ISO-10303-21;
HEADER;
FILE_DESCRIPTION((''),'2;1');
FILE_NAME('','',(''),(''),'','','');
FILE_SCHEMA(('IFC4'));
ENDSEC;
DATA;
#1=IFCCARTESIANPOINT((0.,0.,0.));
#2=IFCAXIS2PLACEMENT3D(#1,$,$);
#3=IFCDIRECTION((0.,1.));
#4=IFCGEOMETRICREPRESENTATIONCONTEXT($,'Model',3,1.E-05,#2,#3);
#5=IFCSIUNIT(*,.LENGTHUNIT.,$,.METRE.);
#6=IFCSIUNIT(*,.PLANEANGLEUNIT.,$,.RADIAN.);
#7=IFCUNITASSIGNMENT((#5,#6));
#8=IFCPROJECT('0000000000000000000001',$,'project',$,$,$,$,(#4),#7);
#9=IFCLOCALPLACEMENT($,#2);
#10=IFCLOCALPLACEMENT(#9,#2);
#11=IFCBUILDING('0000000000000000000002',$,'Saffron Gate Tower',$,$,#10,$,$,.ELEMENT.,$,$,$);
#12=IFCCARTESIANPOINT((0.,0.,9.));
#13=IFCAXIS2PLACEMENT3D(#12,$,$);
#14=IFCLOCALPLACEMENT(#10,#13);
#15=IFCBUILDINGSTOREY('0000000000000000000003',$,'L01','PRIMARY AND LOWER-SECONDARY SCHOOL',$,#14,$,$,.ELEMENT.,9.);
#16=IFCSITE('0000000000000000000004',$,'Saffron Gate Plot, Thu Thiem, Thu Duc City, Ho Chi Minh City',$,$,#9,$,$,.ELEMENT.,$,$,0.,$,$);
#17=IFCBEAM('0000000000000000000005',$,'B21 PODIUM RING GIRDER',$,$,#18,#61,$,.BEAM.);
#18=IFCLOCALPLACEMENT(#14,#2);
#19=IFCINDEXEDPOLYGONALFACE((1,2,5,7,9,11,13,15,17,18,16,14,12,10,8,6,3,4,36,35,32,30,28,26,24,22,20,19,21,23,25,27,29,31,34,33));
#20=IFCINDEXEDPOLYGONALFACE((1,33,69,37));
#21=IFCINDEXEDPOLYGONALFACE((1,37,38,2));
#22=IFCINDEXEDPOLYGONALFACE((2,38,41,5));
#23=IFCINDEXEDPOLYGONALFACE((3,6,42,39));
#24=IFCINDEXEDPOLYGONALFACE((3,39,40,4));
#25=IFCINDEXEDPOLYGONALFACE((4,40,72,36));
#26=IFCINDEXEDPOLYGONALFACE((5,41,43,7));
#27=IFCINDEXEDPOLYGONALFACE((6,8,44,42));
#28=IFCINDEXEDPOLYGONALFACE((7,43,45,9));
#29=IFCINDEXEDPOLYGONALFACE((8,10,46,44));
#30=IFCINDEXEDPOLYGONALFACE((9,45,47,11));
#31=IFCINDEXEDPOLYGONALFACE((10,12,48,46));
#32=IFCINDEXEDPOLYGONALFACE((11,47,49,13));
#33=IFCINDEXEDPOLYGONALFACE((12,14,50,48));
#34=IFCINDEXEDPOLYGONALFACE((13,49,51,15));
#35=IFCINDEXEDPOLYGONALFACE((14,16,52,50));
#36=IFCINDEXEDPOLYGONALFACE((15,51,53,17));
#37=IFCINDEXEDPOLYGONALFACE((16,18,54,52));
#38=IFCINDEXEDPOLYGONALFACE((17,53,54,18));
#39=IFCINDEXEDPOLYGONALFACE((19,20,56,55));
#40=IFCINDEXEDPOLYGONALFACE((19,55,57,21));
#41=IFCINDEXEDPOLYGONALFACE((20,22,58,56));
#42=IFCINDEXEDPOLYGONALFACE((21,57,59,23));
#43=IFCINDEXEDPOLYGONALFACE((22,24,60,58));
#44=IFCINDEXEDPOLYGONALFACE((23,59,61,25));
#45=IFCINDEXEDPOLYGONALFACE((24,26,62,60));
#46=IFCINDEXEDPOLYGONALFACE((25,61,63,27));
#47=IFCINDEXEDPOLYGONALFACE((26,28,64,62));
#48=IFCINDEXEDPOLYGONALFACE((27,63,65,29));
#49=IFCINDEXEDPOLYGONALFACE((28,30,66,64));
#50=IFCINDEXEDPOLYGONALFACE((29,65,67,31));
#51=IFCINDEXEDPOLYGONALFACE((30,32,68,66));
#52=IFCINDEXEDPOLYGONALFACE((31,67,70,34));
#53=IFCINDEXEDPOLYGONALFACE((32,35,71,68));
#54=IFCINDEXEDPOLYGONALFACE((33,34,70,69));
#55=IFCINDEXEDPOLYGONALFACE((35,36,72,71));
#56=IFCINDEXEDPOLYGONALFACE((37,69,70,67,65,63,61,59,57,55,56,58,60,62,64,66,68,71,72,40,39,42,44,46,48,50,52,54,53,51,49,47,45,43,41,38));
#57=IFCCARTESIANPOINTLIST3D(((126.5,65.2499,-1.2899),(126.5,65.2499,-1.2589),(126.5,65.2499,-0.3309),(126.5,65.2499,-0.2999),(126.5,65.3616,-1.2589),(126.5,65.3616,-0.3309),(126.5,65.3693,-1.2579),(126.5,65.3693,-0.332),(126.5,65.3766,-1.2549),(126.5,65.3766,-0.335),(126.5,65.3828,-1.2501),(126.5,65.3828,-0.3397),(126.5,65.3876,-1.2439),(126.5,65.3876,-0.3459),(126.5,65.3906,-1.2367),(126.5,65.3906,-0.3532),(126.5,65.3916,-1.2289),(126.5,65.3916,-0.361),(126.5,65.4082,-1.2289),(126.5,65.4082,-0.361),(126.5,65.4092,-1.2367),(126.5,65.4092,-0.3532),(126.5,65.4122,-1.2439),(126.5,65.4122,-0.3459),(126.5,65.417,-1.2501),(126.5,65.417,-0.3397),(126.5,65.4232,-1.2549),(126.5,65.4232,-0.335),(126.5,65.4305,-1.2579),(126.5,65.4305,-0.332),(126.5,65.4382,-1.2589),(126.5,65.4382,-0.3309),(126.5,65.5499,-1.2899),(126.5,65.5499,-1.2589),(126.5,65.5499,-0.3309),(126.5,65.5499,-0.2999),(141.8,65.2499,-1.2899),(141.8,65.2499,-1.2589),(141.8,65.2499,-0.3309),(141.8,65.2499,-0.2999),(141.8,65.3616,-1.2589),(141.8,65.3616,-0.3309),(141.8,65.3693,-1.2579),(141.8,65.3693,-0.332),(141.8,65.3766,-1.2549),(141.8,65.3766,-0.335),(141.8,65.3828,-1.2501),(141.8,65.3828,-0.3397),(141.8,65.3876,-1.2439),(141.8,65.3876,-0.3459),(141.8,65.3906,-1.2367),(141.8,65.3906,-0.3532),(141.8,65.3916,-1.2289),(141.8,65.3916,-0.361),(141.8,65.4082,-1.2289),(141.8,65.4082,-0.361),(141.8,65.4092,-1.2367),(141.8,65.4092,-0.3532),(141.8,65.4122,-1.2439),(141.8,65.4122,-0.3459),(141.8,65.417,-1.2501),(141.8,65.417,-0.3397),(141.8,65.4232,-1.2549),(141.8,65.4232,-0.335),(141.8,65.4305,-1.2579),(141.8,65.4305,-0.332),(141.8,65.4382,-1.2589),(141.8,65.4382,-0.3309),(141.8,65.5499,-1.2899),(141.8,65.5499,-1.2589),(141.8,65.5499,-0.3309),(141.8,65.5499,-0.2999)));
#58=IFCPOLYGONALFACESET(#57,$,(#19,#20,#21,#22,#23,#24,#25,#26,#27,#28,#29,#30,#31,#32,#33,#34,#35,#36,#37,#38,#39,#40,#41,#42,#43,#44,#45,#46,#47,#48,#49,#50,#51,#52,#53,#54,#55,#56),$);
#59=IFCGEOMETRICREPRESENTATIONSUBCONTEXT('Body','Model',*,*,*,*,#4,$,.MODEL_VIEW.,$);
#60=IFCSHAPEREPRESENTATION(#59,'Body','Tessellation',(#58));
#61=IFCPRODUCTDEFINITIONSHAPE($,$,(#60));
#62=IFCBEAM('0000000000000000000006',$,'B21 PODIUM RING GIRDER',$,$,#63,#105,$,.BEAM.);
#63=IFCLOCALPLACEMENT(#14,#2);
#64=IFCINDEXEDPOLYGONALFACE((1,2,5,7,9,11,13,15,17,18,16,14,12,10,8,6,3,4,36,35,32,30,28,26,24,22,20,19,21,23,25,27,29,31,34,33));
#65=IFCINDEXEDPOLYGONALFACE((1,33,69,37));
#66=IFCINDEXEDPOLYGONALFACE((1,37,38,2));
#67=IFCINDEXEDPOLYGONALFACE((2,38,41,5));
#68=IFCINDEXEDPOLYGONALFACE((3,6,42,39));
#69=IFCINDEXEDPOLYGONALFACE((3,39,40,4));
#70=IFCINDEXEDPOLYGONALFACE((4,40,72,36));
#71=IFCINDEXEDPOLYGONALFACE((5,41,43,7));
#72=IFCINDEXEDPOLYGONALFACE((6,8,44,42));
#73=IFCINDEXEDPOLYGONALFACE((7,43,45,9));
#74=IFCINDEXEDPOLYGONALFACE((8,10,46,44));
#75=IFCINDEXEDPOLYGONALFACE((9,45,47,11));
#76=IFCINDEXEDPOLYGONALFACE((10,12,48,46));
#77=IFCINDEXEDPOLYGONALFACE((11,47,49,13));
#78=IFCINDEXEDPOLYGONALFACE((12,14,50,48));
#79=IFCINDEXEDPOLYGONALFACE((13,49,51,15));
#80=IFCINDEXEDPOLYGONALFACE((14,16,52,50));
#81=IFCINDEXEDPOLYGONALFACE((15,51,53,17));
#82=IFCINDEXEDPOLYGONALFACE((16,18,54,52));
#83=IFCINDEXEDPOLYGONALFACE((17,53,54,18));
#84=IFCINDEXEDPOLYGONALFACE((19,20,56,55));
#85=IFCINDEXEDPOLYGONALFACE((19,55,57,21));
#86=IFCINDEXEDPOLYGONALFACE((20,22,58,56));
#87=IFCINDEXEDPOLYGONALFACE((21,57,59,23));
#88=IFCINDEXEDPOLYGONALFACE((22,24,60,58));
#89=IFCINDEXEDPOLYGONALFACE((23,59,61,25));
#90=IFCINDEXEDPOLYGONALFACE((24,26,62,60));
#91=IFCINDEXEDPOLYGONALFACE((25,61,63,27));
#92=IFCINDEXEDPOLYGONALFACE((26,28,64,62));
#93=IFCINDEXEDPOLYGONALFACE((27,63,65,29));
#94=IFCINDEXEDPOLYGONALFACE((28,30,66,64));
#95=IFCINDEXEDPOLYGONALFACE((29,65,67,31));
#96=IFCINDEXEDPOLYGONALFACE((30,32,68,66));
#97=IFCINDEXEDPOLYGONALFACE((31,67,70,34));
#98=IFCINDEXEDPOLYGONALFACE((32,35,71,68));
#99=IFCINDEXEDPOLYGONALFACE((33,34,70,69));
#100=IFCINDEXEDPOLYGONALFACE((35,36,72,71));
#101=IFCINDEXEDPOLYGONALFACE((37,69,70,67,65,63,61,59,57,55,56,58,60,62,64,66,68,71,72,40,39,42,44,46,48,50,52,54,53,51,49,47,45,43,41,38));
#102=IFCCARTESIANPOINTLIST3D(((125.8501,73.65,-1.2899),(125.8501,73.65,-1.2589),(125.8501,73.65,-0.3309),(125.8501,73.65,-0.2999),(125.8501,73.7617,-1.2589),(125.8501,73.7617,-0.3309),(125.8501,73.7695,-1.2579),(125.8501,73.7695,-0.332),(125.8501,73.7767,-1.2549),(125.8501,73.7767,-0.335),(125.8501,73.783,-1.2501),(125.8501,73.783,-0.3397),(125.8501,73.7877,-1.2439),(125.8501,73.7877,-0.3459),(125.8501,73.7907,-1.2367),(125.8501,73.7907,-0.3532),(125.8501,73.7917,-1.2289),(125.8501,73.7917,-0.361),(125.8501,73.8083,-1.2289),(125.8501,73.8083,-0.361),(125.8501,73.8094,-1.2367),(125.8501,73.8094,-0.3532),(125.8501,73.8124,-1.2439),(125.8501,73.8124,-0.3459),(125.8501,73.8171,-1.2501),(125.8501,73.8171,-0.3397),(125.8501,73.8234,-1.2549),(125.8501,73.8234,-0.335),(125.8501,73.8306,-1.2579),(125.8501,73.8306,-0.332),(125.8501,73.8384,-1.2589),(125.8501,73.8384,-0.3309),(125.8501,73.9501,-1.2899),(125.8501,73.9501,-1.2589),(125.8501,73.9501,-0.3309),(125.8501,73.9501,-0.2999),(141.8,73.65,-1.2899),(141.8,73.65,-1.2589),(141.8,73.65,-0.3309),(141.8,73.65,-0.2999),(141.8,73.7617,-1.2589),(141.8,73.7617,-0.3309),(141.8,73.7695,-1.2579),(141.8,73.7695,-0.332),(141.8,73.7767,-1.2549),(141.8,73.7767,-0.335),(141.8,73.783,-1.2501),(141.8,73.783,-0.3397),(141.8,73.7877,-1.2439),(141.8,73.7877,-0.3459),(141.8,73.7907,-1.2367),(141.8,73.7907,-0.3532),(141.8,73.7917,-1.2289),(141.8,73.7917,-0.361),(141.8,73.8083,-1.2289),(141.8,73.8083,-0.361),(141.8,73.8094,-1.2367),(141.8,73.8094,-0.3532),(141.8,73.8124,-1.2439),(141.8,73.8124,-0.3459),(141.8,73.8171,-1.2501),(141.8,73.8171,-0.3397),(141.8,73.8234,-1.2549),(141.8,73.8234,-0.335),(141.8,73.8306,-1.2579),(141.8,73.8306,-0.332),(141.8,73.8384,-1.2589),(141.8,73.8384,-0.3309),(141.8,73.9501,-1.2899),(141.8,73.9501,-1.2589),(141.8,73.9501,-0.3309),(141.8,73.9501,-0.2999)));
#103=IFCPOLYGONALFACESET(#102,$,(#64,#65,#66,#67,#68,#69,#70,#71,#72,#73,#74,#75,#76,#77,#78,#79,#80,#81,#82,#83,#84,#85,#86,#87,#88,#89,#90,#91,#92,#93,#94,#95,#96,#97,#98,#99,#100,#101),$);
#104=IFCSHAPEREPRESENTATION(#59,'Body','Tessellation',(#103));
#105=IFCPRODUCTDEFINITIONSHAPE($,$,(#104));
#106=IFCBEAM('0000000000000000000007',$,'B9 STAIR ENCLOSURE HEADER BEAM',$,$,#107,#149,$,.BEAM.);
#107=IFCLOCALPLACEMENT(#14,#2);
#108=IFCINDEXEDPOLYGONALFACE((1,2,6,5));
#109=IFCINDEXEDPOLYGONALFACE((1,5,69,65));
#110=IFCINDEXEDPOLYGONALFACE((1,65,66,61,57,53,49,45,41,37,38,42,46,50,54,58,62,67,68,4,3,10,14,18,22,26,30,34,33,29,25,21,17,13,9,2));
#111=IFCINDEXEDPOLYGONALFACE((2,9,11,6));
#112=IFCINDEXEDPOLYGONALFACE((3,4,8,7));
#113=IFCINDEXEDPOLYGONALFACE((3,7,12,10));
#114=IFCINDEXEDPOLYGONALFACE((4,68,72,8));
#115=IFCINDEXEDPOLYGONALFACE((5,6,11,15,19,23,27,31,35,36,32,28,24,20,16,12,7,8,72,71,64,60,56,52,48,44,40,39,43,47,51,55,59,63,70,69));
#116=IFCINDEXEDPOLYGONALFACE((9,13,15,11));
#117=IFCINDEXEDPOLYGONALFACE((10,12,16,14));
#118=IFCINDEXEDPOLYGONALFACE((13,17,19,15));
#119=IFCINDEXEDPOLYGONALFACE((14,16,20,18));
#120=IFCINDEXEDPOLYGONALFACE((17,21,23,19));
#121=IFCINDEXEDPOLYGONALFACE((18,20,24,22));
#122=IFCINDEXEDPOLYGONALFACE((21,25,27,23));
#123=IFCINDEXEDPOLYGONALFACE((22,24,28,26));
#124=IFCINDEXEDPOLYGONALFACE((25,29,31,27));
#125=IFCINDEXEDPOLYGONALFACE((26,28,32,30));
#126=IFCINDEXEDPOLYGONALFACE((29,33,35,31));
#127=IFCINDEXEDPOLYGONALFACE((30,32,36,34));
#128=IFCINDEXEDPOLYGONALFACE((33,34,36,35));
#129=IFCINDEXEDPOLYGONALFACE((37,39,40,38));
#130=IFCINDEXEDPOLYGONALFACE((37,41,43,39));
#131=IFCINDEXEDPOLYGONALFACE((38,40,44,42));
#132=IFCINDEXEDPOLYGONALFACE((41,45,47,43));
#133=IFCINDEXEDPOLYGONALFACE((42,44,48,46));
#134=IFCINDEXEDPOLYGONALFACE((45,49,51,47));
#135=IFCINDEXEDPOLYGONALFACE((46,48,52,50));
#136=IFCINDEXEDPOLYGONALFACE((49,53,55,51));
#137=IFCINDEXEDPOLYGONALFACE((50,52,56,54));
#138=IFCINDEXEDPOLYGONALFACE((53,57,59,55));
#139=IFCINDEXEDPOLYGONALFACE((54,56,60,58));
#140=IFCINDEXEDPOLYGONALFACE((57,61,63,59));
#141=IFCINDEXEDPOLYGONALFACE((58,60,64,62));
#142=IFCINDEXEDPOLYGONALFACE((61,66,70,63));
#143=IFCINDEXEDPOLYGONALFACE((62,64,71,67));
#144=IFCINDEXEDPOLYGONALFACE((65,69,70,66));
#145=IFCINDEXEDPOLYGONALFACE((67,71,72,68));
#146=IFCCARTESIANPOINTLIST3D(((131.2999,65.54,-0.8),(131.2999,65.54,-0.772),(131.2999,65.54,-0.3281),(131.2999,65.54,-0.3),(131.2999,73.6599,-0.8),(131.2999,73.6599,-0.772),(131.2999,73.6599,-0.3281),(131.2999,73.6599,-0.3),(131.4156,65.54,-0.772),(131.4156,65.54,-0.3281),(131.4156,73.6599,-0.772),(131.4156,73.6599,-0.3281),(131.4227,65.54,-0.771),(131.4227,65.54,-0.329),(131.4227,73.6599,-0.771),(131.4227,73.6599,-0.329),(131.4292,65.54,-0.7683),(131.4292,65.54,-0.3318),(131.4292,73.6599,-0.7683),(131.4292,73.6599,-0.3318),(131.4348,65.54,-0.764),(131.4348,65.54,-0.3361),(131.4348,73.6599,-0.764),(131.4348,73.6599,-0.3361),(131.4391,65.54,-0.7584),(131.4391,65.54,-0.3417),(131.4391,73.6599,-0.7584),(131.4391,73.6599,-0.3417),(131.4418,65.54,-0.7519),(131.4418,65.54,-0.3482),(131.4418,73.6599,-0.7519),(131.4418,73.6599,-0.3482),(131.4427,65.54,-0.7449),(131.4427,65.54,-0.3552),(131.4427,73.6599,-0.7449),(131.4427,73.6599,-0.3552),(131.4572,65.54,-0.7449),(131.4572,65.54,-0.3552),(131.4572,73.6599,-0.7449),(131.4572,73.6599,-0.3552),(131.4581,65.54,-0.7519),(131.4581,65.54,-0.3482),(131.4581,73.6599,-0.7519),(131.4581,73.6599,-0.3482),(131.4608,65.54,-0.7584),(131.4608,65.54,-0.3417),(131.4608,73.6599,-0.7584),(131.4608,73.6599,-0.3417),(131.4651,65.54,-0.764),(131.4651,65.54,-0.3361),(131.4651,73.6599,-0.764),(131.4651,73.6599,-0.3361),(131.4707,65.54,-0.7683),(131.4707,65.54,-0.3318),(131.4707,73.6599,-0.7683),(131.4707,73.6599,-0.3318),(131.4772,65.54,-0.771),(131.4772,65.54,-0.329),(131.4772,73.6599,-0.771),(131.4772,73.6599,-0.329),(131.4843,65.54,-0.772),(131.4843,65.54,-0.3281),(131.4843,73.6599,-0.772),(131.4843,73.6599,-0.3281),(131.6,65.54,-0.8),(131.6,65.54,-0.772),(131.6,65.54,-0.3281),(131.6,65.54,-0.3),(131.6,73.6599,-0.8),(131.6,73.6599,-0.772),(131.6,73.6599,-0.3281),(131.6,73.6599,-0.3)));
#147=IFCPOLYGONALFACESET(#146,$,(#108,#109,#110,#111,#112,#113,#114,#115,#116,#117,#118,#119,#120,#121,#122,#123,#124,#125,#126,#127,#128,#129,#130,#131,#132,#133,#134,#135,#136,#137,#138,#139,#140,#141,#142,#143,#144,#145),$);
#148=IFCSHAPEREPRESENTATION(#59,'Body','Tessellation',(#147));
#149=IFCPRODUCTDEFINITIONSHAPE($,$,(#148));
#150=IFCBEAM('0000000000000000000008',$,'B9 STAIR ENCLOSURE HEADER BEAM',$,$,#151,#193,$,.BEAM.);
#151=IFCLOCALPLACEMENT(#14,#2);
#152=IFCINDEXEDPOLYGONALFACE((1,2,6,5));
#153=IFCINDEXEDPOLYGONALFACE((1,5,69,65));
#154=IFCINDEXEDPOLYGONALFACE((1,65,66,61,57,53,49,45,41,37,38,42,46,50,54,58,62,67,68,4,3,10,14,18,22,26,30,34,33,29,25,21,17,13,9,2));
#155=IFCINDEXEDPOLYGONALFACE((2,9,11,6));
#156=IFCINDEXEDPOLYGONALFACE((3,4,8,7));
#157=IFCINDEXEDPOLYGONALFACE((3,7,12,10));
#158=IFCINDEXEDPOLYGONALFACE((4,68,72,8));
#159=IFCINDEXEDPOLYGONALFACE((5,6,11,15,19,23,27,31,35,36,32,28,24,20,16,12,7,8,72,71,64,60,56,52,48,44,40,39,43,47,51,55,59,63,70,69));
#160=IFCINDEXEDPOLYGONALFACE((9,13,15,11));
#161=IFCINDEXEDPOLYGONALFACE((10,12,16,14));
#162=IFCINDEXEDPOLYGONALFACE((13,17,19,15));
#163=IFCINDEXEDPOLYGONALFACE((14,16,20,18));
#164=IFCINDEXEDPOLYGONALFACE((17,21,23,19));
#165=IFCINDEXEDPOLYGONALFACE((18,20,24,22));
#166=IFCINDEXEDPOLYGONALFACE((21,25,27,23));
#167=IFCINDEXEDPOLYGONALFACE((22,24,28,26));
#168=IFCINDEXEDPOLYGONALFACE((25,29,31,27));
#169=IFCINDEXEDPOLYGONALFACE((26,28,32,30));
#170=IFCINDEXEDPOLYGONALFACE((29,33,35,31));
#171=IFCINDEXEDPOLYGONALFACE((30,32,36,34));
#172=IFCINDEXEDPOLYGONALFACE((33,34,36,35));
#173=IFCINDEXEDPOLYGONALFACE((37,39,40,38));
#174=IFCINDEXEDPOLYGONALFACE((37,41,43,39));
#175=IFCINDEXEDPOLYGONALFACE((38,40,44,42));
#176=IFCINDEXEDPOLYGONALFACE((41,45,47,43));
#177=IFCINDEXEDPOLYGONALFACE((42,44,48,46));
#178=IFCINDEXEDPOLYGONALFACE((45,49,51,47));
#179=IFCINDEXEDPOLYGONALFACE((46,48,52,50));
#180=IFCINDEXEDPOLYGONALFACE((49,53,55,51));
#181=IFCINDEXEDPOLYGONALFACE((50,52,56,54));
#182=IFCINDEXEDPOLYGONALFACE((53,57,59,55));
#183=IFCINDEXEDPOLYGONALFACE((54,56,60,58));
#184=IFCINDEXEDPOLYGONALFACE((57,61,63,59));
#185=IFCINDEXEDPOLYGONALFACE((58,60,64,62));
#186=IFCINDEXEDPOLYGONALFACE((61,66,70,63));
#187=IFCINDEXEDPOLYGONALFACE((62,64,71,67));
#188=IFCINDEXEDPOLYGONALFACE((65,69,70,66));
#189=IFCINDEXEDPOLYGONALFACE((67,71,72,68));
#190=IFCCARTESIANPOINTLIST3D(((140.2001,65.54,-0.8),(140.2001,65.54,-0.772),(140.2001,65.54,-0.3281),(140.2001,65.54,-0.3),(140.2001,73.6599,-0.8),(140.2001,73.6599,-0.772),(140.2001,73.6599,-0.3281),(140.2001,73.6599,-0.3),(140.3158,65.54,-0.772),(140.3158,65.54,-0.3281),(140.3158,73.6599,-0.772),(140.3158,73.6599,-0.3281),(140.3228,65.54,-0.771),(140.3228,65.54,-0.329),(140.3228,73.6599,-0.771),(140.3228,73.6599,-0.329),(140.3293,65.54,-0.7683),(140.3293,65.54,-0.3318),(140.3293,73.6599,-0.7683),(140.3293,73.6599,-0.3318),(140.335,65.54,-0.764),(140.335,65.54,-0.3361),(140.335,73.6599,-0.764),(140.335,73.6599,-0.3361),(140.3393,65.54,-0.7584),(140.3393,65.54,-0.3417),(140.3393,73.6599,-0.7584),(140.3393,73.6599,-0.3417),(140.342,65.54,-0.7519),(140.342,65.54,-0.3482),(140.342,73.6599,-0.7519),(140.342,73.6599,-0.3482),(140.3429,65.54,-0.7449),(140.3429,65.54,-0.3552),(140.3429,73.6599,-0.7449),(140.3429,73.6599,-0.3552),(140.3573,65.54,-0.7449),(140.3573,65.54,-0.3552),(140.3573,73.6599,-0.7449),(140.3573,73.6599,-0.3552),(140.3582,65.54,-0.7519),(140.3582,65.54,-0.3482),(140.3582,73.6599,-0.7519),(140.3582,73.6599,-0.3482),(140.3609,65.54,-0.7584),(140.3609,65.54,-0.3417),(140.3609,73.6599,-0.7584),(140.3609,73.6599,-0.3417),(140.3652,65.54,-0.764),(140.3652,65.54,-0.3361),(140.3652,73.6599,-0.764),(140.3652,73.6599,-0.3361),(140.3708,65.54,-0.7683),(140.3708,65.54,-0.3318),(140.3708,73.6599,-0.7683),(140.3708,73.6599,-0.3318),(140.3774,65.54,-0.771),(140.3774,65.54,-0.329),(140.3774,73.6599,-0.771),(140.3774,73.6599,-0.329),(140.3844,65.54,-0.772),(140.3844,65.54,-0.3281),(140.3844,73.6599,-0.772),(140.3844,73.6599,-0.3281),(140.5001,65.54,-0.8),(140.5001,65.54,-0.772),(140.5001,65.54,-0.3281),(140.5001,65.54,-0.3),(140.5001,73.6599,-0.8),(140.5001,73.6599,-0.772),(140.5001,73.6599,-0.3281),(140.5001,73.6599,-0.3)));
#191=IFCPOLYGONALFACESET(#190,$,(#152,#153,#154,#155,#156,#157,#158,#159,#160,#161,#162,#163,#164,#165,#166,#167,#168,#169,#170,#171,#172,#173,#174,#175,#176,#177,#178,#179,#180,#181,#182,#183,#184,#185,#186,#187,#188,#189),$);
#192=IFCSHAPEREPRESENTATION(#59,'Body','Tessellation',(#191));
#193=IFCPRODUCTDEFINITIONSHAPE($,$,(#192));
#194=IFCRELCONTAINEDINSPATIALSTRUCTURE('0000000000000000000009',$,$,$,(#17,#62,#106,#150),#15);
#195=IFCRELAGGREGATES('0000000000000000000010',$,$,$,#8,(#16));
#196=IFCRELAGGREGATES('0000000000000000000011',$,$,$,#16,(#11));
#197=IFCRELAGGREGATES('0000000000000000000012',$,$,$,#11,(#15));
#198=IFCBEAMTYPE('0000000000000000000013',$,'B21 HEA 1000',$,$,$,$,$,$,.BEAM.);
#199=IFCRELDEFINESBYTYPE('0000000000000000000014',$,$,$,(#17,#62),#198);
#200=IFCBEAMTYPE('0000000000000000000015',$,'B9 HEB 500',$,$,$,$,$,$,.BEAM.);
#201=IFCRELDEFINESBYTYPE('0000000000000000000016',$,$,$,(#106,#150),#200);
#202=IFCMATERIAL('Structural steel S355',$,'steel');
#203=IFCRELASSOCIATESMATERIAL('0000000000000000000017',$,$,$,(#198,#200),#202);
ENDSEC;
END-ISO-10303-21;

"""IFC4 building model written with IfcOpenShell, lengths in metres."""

from ifc_helpers import new_model, si_unit, direction, frame, origin, origin_2d, place, context, subcontext, project, spatial, i_section, extrude, material, material_profile, profile_set, type_object, element, save


model = new_model("IFC4")

# Units and contexts
model_context = context("Model", 3, precision=1e-05, world=origin(), true_north=direction((0.0, 1.0)))
body_context = subcontext(model_context, "Body", "Model", "MODEL_VIEW")
ifc_project = project(units=[si_unit("LENGTHUNIT", "METRE"), si_unit("PLANEANGLEUNIT", "RADIAN")], contexts=[model_context])

# Site, building, storey
site_placement = place(None, origin())
site = spatial("IfcSite", under=ifc_project, at=site_placement, Name="Saffron Gate Plot, Thu Thiem, Thu Duc City, Ho Chi Minh City", CompositionType="ELEMENT", RefElevation=0.0)
building_placement = place(site_placement, origin())
building = spatial("IfcBuilding", under=site, at=building_placement, Name="Saffron Gate Tower", CompositionType="ELEMENT")
storey_placement = place(building_placement, frame((0.0, 0.0, 9.0)))
storey = spatial("IfcBuildingStorey", under=building, at=storey_placement, Name="L01", Description="PRIMARY AND LOWER-SECONDARY SCHOOL", CompositionType="ELEMENT", Elevation=9.0)

# Beams
ifc_material_1 = material(Name="Structural steel S355", Category="steel")
ifc_material_profile_1 = material_profile(ifc_material_1, i_section(OverallWidth=0.3, OverallDepth=0.99, WebThickness=0.0166, FlangeThickness=0.031, FilletRadius=0.03, at=origin_2d()))
ifc_profile_set_1 = profile_set([ifc_material_profile_1], Name="Structural steel S355")
beam_type_1 = type_object("IfcBeamType", Name="B21 HEA 1000", PredefinedType="BEAM", material=ifc_profile_set_1)
beam_1_placement = place(storey_placement, frame((141.8, 65.3999, -0.7949), z_axis=(-1.0, 0.0, 0.0), x_axis=(0.0, -1.0, 0.0)))
element("IfcBeam", 1, at=beam_1_placement, inside=storey, type_object=beam_type_1, Name="B21 PODIUM RING GIRDER", PredefinedType="BEAM", context=body_context, shape_type="SweptSolid", body=[
    extrude(i_section(OverallWidth=0.3, OverallDepth=0.99, WebThickness=0.0166, FlangeThickness=0.031, FilletRadius=0.03, at=origin_2d()), origin(), (0.0, 0.0, 1.0), 15.3),
])
beam_2_placement = place(storey_placement, frame((141.8, 73.8, -0.7949), z_axis=(-1.0, 0.0, 0.0), x_axis=(0.0, -1.0, 0.0)))
element("IfcBeam", 2, at=beam_2_placement, inside=storey, type_object=beam_type_1, Name="B21 PODIUM RING GIRDER", PredefinedType="BEAM", context=body_context, shape_type="SweptSolid", body=[
    extrude(i_section(OverallWidth=0.3, OverallDepth=0.99, WebThickness=0.0166, FlangeThickness=0.031, FilletRadius=0.03, at=origin_2d()), origin(), (0.0, 0.0, 1.0), 15.95),
])
ifc_material_profile_2 = material_profile(ifc_material_1, i_section(OverallWidth=0.3, OverallDepth=0.5, WebThickness=0.0144, FlangeThickness=0.0281, FilletRadius=0.0271, at=origin_2d()))
ifc_profile_set_2 = profile_set([ifc_material_profile_2], Name="Structural steel S355")
beam_type_2 = type_object("IfcBeamType", Name="B9 HEB 500", PredefinedType="BEAM", material=ifc_profile_set_2)
for number, where, z_axis, x_axis, name in (
    (3, (131.45, 65.54, -0.55), (0.0, 1.0, 0.0), (-1.0, 0.0, 0.0), "B9 STAIR ENCLOSURE HEADER BEAM"),
    (4, (140.3501, 65.54, -0.55), (0.0, 1.0, 0.0), (-1.0, 0.0, 0.0), "B9 STAIR ENCLOSURE HEADER BEAM"),
):
    element("IfcBeam", number, at=place(storey_placement, frame(where, z_axis=z_axis, x_axis=x_axis)), inside=storey, type_object=beam_type_2, Name=name, PredefinedType="BEAM", context=body_context, shape_type="SweptSolid", body=[
        extrude(i_section(OverallWidth=0.3, OverallDepth=0.5, WebThickness=0.0144, FlangeThickness=0.0281, FilletRadius=0.0271, at=origin_2d()), origin(), (0.0, 0.0, 1.0), 8.1199),
    ])

save(model, "model.ifc")
